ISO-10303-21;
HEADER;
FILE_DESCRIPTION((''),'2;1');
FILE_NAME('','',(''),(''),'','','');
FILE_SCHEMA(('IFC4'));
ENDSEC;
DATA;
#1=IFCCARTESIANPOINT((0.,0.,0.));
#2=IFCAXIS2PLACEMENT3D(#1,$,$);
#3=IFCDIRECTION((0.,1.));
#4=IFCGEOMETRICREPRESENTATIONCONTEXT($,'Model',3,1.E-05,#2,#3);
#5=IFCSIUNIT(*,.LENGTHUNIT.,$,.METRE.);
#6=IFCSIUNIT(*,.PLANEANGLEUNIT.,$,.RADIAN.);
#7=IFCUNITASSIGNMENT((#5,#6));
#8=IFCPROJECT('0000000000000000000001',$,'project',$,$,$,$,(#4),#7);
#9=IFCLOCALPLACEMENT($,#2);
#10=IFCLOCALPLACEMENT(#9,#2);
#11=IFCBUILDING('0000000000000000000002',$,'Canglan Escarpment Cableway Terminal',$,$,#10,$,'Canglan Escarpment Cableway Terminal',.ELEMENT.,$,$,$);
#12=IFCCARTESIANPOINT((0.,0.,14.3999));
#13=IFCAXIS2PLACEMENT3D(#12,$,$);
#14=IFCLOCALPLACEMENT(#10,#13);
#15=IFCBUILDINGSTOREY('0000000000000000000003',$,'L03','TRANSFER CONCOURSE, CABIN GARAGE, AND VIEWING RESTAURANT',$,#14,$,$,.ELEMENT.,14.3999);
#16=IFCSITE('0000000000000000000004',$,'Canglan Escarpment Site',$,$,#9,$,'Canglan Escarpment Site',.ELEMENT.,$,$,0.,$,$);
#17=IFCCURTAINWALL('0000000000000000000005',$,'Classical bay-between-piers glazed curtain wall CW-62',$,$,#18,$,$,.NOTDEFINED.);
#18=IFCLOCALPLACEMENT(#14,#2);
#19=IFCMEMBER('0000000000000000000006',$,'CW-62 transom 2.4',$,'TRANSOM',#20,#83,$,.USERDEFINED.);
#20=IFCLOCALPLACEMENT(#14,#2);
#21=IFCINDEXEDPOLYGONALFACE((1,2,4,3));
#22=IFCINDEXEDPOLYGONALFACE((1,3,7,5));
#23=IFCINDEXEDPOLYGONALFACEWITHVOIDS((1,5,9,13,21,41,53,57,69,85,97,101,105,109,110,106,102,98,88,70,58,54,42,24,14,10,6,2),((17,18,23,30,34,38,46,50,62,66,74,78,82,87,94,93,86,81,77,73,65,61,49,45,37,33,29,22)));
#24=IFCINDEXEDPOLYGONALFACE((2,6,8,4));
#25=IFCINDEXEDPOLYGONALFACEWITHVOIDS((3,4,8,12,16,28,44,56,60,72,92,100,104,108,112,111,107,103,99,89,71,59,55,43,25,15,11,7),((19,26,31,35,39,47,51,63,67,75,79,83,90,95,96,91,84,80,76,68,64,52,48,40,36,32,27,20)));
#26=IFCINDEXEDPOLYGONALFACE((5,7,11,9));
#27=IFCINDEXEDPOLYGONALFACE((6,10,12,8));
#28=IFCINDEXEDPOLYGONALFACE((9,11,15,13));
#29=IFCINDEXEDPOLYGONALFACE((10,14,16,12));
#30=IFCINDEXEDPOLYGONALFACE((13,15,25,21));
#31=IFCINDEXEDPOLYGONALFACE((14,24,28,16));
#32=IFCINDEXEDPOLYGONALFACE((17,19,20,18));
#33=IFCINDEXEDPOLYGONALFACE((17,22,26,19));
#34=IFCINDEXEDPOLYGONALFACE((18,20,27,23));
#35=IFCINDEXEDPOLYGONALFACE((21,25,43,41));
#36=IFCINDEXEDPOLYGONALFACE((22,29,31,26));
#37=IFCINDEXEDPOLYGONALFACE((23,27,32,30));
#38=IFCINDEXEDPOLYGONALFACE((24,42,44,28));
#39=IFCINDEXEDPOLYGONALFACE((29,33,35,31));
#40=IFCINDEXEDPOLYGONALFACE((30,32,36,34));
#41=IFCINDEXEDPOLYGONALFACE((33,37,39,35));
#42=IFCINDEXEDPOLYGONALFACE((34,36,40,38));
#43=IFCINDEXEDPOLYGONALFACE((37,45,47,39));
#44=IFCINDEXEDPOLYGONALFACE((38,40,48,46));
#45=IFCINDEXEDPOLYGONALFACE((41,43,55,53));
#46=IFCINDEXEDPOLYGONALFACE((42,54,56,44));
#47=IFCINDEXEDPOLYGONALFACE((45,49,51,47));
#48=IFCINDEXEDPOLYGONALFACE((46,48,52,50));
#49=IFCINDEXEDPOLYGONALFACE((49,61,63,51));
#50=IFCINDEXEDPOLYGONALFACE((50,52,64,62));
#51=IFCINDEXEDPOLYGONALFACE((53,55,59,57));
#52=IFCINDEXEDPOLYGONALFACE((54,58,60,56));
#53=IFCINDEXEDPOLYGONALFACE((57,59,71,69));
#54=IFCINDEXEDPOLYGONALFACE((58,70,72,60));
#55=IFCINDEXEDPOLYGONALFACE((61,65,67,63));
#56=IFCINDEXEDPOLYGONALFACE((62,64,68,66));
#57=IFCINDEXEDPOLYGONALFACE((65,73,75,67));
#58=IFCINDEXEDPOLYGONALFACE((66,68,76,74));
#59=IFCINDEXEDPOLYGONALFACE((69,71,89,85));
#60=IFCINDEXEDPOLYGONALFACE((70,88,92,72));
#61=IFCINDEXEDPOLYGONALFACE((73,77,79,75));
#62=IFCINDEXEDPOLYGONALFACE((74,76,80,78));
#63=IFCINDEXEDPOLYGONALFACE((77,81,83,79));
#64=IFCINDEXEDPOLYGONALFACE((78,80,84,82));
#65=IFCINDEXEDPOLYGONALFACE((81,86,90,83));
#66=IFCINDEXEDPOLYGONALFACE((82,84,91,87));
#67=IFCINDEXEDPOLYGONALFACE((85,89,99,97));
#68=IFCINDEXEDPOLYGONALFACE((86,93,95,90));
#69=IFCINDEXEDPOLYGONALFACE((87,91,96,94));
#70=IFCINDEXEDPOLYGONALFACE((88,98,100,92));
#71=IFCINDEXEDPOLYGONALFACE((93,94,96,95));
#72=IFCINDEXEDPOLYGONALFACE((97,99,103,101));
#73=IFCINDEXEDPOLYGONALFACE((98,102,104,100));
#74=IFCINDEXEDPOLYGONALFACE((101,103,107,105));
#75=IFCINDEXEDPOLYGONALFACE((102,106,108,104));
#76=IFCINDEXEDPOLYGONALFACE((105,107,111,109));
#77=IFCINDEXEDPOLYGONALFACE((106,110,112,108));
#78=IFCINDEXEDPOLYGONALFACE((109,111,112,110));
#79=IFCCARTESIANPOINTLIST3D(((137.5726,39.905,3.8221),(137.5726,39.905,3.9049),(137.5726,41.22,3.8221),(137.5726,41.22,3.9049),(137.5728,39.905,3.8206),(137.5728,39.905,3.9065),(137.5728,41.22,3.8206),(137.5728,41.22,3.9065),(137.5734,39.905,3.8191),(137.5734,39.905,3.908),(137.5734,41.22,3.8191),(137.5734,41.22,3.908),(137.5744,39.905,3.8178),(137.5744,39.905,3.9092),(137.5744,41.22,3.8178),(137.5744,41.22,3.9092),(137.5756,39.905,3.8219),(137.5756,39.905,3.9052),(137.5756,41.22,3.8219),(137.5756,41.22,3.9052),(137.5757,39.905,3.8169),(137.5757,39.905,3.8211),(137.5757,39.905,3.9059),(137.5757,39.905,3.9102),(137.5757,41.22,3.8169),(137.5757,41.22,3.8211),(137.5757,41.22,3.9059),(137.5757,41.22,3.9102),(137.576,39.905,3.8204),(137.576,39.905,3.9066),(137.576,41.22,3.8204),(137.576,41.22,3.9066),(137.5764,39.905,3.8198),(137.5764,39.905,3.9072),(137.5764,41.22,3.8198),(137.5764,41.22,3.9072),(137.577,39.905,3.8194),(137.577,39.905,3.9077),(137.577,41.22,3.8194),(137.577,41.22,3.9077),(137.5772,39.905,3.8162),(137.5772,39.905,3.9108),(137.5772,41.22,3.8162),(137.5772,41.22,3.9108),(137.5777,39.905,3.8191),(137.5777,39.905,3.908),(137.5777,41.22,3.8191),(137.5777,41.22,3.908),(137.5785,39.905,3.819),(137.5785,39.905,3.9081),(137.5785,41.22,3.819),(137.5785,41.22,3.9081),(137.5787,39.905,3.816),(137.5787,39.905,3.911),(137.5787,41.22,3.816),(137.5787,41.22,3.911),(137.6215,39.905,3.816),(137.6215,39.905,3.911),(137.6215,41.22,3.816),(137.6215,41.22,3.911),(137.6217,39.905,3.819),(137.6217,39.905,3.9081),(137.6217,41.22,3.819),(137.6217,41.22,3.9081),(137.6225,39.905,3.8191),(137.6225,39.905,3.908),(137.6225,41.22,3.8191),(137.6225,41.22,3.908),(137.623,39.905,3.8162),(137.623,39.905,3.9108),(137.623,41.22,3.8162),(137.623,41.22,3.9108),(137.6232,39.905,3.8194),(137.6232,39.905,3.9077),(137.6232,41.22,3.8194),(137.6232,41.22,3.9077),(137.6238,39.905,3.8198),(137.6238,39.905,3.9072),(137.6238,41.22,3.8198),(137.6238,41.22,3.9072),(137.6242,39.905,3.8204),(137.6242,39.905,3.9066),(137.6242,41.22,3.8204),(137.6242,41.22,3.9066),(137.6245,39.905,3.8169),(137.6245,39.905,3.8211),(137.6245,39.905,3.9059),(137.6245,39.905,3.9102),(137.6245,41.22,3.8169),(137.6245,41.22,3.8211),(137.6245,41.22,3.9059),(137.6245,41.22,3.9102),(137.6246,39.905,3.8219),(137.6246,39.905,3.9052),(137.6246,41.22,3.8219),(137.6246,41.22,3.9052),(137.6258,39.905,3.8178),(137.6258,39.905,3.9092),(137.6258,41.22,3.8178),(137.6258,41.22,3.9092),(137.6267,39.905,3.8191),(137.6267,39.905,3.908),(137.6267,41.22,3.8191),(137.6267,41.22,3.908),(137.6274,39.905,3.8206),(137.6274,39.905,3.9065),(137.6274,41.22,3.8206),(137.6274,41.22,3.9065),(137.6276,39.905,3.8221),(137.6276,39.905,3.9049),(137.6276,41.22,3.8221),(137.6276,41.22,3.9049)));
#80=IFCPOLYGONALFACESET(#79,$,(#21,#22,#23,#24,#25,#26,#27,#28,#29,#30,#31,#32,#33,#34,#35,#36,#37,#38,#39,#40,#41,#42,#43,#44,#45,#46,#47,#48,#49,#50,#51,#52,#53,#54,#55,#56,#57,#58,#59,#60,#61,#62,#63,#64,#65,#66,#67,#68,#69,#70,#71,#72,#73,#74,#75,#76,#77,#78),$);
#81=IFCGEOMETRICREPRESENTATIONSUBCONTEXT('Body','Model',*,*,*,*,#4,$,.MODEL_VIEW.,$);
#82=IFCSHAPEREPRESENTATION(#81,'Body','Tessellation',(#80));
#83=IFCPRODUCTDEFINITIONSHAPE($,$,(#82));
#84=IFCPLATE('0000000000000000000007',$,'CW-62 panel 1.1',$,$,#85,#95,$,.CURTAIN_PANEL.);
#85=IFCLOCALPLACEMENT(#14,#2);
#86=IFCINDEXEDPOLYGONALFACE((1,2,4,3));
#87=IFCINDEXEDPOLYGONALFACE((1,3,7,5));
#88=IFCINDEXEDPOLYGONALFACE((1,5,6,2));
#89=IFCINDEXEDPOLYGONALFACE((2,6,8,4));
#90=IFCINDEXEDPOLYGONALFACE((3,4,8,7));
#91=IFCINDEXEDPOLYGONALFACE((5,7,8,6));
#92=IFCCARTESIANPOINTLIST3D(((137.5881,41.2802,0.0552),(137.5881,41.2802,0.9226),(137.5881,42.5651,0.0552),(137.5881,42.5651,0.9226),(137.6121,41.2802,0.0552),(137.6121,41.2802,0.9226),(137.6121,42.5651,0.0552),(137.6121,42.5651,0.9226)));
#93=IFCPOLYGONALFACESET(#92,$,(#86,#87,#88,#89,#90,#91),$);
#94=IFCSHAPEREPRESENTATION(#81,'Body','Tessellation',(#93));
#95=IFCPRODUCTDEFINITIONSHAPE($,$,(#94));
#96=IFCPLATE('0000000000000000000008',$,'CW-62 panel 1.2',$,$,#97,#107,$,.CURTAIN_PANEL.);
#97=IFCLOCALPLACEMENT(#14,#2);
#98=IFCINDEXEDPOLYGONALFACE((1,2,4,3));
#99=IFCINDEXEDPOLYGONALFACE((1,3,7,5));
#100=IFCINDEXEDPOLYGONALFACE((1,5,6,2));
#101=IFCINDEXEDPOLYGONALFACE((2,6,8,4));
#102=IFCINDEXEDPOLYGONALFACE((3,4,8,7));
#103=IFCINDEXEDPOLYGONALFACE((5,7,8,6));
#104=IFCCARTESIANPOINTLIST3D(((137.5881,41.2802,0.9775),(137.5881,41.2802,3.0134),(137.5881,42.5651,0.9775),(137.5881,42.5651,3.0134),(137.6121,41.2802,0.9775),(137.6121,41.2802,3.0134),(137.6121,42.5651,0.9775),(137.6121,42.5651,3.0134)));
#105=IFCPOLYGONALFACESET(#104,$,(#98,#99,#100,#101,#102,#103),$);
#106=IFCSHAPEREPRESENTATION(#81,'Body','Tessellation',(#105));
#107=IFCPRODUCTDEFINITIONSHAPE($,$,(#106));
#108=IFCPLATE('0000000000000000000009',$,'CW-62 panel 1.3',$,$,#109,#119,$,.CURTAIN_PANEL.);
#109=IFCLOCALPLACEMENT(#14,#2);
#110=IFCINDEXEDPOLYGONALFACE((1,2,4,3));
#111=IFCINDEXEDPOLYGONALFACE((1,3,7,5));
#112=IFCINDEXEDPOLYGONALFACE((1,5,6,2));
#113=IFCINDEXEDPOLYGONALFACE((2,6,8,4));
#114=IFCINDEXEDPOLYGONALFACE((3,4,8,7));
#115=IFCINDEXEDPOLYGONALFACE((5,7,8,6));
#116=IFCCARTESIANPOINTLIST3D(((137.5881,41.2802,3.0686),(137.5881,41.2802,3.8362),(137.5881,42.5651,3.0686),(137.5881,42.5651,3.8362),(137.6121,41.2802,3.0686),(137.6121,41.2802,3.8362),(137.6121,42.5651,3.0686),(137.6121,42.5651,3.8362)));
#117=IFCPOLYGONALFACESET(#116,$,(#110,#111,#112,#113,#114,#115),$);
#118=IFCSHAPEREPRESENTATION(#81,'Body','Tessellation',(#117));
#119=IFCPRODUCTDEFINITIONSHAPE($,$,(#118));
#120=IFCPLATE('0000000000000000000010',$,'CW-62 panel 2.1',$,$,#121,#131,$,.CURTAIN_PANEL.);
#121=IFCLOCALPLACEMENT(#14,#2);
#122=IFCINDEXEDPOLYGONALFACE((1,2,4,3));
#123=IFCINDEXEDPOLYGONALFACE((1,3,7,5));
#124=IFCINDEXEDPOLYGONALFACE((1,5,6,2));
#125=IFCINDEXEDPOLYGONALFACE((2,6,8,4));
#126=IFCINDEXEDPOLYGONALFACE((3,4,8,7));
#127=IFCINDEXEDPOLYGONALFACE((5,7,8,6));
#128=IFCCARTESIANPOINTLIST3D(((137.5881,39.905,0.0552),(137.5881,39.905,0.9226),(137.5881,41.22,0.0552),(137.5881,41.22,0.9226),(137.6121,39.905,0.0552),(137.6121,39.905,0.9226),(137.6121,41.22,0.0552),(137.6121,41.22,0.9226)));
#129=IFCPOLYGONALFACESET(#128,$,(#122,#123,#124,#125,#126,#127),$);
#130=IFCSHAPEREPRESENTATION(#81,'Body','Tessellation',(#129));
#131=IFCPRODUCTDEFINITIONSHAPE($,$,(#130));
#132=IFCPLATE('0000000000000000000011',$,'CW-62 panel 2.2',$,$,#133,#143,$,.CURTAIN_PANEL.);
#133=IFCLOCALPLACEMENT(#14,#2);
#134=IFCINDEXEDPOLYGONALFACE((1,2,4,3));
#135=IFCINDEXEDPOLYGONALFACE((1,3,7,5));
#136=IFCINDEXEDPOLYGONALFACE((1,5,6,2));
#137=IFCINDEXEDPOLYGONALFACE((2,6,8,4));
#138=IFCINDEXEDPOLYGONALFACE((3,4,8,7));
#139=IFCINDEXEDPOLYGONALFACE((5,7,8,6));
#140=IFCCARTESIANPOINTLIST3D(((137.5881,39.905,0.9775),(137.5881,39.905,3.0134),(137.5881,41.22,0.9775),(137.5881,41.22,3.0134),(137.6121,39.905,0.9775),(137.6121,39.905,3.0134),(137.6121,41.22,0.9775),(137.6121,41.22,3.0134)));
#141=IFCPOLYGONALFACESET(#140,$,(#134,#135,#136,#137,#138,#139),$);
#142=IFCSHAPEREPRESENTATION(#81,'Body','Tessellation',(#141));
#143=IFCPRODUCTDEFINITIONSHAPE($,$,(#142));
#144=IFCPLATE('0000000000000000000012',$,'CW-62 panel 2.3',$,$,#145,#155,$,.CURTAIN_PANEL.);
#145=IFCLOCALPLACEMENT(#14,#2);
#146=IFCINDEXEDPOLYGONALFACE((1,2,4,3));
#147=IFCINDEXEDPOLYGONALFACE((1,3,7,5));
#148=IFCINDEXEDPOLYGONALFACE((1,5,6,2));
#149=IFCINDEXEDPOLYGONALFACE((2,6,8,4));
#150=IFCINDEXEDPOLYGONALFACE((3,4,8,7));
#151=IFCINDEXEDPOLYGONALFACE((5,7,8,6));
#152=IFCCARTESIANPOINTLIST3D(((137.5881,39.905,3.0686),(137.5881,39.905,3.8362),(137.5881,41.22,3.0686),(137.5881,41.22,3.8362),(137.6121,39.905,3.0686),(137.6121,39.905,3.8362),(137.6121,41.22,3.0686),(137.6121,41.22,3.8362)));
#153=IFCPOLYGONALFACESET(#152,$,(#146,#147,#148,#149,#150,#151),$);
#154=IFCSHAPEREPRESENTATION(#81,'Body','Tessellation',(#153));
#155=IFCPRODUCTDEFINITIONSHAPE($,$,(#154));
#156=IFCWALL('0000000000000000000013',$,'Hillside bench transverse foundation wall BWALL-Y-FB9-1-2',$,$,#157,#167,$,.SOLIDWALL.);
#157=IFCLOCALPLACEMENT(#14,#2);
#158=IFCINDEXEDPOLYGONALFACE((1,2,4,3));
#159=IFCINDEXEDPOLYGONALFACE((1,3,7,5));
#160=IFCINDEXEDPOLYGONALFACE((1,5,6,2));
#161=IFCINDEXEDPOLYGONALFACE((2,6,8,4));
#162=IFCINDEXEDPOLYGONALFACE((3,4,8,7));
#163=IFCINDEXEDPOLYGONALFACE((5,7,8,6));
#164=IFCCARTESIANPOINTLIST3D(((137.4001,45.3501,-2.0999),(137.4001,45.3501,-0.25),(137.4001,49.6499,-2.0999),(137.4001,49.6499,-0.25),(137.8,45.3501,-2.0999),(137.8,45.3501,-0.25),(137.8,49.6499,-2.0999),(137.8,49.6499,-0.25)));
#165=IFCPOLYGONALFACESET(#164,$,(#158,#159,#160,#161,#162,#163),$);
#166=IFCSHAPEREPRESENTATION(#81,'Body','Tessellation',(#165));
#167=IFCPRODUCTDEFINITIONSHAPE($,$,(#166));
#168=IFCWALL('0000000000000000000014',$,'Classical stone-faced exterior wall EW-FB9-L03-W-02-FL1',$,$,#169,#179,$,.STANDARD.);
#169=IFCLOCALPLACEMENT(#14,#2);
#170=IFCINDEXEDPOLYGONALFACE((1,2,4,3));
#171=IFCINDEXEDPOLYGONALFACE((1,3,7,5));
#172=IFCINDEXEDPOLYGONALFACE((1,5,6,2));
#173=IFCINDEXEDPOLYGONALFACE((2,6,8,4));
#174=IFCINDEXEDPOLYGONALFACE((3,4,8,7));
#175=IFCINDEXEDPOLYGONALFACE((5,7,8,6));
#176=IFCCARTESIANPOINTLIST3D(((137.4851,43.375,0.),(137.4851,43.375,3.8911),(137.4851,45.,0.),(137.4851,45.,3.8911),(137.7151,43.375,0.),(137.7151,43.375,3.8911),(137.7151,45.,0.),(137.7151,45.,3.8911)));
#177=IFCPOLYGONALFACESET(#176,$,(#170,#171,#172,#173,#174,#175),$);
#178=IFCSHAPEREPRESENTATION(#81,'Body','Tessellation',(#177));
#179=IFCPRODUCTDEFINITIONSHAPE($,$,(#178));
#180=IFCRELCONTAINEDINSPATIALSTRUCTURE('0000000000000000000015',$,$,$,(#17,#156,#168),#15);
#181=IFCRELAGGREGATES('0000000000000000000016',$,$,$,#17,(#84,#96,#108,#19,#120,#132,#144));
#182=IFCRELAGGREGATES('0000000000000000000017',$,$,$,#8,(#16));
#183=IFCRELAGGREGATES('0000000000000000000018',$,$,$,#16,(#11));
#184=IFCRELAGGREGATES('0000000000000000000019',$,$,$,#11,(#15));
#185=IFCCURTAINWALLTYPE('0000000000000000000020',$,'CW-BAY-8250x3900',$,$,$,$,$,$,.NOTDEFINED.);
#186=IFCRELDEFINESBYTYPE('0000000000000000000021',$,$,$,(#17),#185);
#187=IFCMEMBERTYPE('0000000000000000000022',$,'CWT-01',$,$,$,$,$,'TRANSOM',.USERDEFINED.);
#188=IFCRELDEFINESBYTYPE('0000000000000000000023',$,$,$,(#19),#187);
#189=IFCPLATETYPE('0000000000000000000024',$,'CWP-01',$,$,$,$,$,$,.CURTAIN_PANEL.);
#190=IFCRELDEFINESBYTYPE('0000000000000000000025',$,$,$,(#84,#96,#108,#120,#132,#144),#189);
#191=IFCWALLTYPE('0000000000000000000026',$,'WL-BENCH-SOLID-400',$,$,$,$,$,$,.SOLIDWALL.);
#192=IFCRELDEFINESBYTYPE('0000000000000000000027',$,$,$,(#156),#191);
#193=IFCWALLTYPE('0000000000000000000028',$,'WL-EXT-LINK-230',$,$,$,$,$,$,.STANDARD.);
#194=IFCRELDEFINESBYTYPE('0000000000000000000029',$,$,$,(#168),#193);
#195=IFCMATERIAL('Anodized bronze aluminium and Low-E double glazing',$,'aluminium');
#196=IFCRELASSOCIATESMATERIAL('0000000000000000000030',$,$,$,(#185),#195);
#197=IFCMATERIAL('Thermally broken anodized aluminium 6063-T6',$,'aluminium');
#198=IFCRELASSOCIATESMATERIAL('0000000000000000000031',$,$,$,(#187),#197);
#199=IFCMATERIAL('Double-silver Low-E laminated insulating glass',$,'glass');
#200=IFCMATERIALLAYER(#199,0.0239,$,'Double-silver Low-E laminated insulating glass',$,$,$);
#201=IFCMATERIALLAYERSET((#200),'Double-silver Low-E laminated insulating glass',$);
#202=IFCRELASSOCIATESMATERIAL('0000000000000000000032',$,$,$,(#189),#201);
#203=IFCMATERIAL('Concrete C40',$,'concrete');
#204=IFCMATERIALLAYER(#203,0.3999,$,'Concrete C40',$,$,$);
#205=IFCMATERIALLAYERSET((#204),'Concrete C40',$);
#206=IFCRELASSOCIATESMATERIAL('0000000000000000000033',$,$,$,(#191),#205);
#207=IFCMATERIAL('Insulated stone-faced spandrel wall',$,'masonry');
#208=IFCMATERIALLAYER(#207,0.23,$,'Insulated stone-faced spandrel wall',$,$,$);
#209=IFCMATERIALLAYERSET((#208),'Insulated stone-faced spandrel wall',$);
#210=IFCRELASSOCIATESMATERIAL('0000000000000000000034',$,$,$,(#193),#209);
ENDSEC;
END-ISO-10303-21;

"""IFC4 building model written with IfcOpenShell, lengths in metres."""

from ifc_helpers import new_model, si_unit, direction, frame, frame_2d, origin, origin_2d, place, context, subcontext, project, spatial, rectangle, hollow_rectangle, extrude, material, layer, layer_set, material_profile, profile_set, type_object, element, aggregate, save


model = new_model("IFC4")

# Units and contexts
model_context = context("Model", 3, precision=1e-05, world=origin(), true_north=direction((0.0, 1.0)))
body_context = subcontext(model_context, "Body", "Model", "MODEL_VIEW")
ifc_project = project(units=[si_unit("LENGTHUNIT", "METRE"), si_unit("PLANEANGLEUNIT", "RADIAN")], contexts=[model_context])

# Site, building, storey
site_placement = place(None, origin())
site = spatial("IfcSite", under=ifc_project, at=site_placement, Name="Canglan Escarpment Site", LongName="Canglan Escarpment Site", CompositionType="ELEMENT", RefElevation=0.0)
building_placement = place(site_placement, origin())
building = spatial("IfcBuilding", under=site, at=building_placement, Name="Canglan Escarpment Cableway Terminal", LongName="Canglan Escarpment Cableway Terminal", CompositionType="ELEMENT")
storey_placement = place(building_placement, frame((0.0, 0.0, 14.3999)))
storey = spatial("IfcBuildingStorey", under=building, at=storey_placement, Name="L03", Description="TRANSFER CONCOURSE, CABIN GARAGE, AND VIEWING RESTAURANT", CompositionType="ELEMENT", Elevation=14.3999)

# Shared definitions
ifc_material_1 = material(Name="Concrete C40", Category="concrete")

# Curtain wall, member, plates
ifc_material_2 = material(Name="Anodized bronze aluminium and Low-E double glazing", Category="aluminium")
curtain_wall_type = type_object("IfcCurtainWallType", Name="CW-BAY-8250x3900", PredefinedType="NOTDEFINED", material=ifc_material_2)
curtain_wall_placement = place(storey_placement, origin())
curtain_wall = element("IfcCurtainWall", 1, at=curtain_wall_placement, inside=storey, type_object=curtain_wall_type, Name="Classical bay-between-piers glazed curtain wall CW-62", PredefinedType="NOTDEFINED")
ifc_material_3 = material(Name="Thermally broken anodized aluminium 6063-T6", Category="aluminium")
ifc_material_profile_1 = material_profile(ifc_material_3, hollow_rectangle(XDim=0.0549, YDim=0.095, WallThickness=0.0029, InnerFilletRadius=0.0029, OuterFilletRadius=0.0061, at=origin_2d()), Name="ALU-TRAN 55x95x3")
ifc_profile_set_1 = profile_set([ifc_material_profile_1], Name="Thermally broken anodized aluminium 6063-T6")
member_type_1 = type_object("IfcMemberType", Name="CWT-01", ElementType="TRANSOM", PredefinedType="USERDEFINED", material=ifc_profile_set_1)
member_1_placement = place(storey_placement, frame((137.6001, 41.22, 3.8635), z_axis=(0.0, -1.0, 0.0), x_axis=(1.0, 0.0, 0.0)))
member_1 = element("IfcMember", 2, at=member_1_placement, type_object=member_type_1, Name="CW-62 transom 2.4", ObjectType="TRANSOM", PredefinedType="USERDEFINED", context=body_context, shape_type="SweptSolid", body=[
    extrude(hollow_rectangle(XDim=0.0549, YDim=0.095, WallThickness=0.0029, InnerFilletRadius=0.0029, OuterFilletRadius=0.0061, at=origin_2d()), origin(), (0.0, 0.0, 1.0), 1.3149),
])
ifc_material_4 = material(Name="Double-silver Low-E laminated insulating glass", Category="glass")
ifc_layer_1 = layer(ifc_material_4, 0.0239, Name="Double-silver Low-E laminated insulating glass")
ifc_layer_set_1 = layer_set([ifc_layer_1], Name="Double-silver Low-E laminated insulating glass")
plate_type = type_object("IfcPlateType", Name="CWP-01", PredefinedType="CURTAIN_PANEL", material=ifc_layer_set_1)
plate_1_placement = place(storey_placement, frame((137.6001, 41.9226, 0.0552), z_axis=(0.0, 0.0, 1.0), x_axis=(0.0, -1.0, 0.0)))
plate_1 = element("IfcPlate", 3, at=plate_1_placement, type_object=plate_type, Name="CW-62 panel 1.1", PredefinedType="CURTAIN_PANEL", context=body_context, shape_type="SweptSolid", body=[
    extrude(rectangle(XDim=1.2849, YDim=0.0239, at=origin_2d()), origin(), (0.0, 0.0, 1.0), 0.8674),
])
plate_2_placement = place(storey_placement, frame((137.6001, 41.9226, 0.9775), z_axis=(0.0, 0.0, 1.0), x_axis=(0.0, -1.0, 0.0)))
plate_2 = element("IfcPlate", 4, at=plate_2_placement, type_object=plate_type, Name="CW-62 panel 1.2", PredefinedType="CURTAIN_PANEL", context=body_context, shape_type="SweptSolid", body=[
    extrude(rectangle(XDim=1.2849, YDim=0.0239, at=origin_2d()), origin(), (0.0, 0.0, 1.0), 2.0359),
])
plate_3_placement = place(storey_placement, frame((137.6001, 41.9226, 3.0686), z_axis=(0.0, 0.0, 1.0), x_axis=(0.0, -1.0, 0.0)))
plate_3 = element("IfcPlate", 5, at=plate_3_placement, type_object=plate_type, Name="CW-62 panel 1.3", PredefinedType="CURTAIN_PANEL", context=body_context, shape_type="SweptSolid", body=[
    extrude(rectangle(XDim=1.2849, YDim=0.0239, at=origin_2d()), origin(), (0.0, 0.0, 1.0), 0.7676),
])
plate_4_placement = place(storey_placement, frame((137.6001, 40.5625, 0.0552), z_axis=(0.0, 0.0, 1.0), x_axis=(0.0, -1.0, 0.0)))
plate_4 = element("IfcPlate", 6, at=plate_4_placement, type_object=plate_type, Name="CW-62 panel 2.1", PredefinedType="CURTAIN_PANEL", context=body_context, shape_type="SweptSolid", body=[
    extrude(rectangle(XDim=1.3149, YDim=0.0239, at=origin_2d()), origin(), (0.0, 0.0, 1.0), 0.8674),
])
plate_5_placement = place(storey_placement, frame((137.6001, 40.5625, 0.9775), z_axis=(0.0, 0.0, 1.0), x_axis=(0.0, -1.0, 0.0)))
plate_5 = element("IfcPlate", 7, at=plate_5_placement, type_object=plate_type, Name="CW-62 panel 2.2", PredefinedType="CURTAIN_PANEL", context=body_context, shape_type="SweptSolid", body=[
    extrude(rectangle(XDim=1.3149, YDim=0.0239, at=origin_2d()), origin(), (0.0, 0.0, 1.0), 2.0359),
])
plate_6_placement = place(storey_placement, frame((137.6001, 40.5625, 3.0686), z_axis=(0.0, 0.0, 1.0), x_axis=(0.0, -1.0, 0.0)))
plate_6 = element("IfcPlate", 8, at=plate_6_placement, type_object=plate_type, Name="CW-62 panel 2.3", PredefinedType="CURTAIN_PANEL", context=body_context, shape_type="SweptSolid", body=[
    extrude(rectangle(XDim=1.3149, YDim=0.0239, at=origin_2d()), origin(), (0.0, 0.0, 1.0), 0.7676),
])
aggregate(curtain_wall, [plate_1, plate_2, plate_3, member_1, plate_4, plate_5, plate_6])

# Walls
ifc_layer_2 = layer(ifc_material_1, 0.3999, Name="Concrete C40")
ifc_layer_set_2 = layer_set([ifc_layer_2], Name="Concrete C40")
wall_type_1 = type_object("IfcWallType", Name="WL-BENCH-SOLID-400", PredefinedType="SOLIDWALL", material=ifc_layer_set_2)
wall_1_placement = place(storey_placement, frame((137.6001, 45.3501, -2.0999), z_axis=(0.0, 0.0, 1.0), x_axis=(0.0, 1.0, 0.0)))
element("IfcWall", 9, at=wall_1_placement, inside=storey, type_object=wall_type_1, Name="Hillside bench transverse foundation wall BWALL-Y-FB9-1-2", PredefinedType="SOLIDWALL", context=body_context, shape_type="SweptSolid", body=[
    extrude(rectangle(XDim=4.2998, YDim=0.3999, at=frame_2d((2.1499, 0.0))), origin(), (0.0, 0.0, 1.0), 1.8499),
])
ifc_material_5 = material(Name="Insulated stone-faced spandrel wall", Category="masonry")
ifc_layer_3 = layer(ifc_material_5, 0.23, Name="Insulated stone-faced spandrel wall")
ifc_layer_set_3 = layer_set([ifc_layer_3], Name="Insulated stone-faced spandrel wall")
wall_type_2 = type_object("IfcWallType", Name="WL-EXT-LINK-230", PredefinedType="STANDARD", material=ifc_layer_set_3)
wall_2_placement = place(storey_placement, frame((137.6001, 43.375, 0.0), z_axis=(0.0, 0.0, 1.0), x_axis=(0.0, 1.0, 0.0)))
element("IfcWall", 10, at=wall_2_placement, inside=storey, type_object=wall_type_2, Name="Classical stone-faced exterior wall EW-FB9-L03-W-02-FL1", PredefinedType="STANDARD", context=body_context, shape_type="SweptSolid", body=[
    extrude(rectangle(XDim=1.625, YDim=0.23, at=frame_2d((0.8125, 0.0))), origin(), (0.0, 0.0, 1.0), 3.8911),
])

save(model, "model.ifc")
